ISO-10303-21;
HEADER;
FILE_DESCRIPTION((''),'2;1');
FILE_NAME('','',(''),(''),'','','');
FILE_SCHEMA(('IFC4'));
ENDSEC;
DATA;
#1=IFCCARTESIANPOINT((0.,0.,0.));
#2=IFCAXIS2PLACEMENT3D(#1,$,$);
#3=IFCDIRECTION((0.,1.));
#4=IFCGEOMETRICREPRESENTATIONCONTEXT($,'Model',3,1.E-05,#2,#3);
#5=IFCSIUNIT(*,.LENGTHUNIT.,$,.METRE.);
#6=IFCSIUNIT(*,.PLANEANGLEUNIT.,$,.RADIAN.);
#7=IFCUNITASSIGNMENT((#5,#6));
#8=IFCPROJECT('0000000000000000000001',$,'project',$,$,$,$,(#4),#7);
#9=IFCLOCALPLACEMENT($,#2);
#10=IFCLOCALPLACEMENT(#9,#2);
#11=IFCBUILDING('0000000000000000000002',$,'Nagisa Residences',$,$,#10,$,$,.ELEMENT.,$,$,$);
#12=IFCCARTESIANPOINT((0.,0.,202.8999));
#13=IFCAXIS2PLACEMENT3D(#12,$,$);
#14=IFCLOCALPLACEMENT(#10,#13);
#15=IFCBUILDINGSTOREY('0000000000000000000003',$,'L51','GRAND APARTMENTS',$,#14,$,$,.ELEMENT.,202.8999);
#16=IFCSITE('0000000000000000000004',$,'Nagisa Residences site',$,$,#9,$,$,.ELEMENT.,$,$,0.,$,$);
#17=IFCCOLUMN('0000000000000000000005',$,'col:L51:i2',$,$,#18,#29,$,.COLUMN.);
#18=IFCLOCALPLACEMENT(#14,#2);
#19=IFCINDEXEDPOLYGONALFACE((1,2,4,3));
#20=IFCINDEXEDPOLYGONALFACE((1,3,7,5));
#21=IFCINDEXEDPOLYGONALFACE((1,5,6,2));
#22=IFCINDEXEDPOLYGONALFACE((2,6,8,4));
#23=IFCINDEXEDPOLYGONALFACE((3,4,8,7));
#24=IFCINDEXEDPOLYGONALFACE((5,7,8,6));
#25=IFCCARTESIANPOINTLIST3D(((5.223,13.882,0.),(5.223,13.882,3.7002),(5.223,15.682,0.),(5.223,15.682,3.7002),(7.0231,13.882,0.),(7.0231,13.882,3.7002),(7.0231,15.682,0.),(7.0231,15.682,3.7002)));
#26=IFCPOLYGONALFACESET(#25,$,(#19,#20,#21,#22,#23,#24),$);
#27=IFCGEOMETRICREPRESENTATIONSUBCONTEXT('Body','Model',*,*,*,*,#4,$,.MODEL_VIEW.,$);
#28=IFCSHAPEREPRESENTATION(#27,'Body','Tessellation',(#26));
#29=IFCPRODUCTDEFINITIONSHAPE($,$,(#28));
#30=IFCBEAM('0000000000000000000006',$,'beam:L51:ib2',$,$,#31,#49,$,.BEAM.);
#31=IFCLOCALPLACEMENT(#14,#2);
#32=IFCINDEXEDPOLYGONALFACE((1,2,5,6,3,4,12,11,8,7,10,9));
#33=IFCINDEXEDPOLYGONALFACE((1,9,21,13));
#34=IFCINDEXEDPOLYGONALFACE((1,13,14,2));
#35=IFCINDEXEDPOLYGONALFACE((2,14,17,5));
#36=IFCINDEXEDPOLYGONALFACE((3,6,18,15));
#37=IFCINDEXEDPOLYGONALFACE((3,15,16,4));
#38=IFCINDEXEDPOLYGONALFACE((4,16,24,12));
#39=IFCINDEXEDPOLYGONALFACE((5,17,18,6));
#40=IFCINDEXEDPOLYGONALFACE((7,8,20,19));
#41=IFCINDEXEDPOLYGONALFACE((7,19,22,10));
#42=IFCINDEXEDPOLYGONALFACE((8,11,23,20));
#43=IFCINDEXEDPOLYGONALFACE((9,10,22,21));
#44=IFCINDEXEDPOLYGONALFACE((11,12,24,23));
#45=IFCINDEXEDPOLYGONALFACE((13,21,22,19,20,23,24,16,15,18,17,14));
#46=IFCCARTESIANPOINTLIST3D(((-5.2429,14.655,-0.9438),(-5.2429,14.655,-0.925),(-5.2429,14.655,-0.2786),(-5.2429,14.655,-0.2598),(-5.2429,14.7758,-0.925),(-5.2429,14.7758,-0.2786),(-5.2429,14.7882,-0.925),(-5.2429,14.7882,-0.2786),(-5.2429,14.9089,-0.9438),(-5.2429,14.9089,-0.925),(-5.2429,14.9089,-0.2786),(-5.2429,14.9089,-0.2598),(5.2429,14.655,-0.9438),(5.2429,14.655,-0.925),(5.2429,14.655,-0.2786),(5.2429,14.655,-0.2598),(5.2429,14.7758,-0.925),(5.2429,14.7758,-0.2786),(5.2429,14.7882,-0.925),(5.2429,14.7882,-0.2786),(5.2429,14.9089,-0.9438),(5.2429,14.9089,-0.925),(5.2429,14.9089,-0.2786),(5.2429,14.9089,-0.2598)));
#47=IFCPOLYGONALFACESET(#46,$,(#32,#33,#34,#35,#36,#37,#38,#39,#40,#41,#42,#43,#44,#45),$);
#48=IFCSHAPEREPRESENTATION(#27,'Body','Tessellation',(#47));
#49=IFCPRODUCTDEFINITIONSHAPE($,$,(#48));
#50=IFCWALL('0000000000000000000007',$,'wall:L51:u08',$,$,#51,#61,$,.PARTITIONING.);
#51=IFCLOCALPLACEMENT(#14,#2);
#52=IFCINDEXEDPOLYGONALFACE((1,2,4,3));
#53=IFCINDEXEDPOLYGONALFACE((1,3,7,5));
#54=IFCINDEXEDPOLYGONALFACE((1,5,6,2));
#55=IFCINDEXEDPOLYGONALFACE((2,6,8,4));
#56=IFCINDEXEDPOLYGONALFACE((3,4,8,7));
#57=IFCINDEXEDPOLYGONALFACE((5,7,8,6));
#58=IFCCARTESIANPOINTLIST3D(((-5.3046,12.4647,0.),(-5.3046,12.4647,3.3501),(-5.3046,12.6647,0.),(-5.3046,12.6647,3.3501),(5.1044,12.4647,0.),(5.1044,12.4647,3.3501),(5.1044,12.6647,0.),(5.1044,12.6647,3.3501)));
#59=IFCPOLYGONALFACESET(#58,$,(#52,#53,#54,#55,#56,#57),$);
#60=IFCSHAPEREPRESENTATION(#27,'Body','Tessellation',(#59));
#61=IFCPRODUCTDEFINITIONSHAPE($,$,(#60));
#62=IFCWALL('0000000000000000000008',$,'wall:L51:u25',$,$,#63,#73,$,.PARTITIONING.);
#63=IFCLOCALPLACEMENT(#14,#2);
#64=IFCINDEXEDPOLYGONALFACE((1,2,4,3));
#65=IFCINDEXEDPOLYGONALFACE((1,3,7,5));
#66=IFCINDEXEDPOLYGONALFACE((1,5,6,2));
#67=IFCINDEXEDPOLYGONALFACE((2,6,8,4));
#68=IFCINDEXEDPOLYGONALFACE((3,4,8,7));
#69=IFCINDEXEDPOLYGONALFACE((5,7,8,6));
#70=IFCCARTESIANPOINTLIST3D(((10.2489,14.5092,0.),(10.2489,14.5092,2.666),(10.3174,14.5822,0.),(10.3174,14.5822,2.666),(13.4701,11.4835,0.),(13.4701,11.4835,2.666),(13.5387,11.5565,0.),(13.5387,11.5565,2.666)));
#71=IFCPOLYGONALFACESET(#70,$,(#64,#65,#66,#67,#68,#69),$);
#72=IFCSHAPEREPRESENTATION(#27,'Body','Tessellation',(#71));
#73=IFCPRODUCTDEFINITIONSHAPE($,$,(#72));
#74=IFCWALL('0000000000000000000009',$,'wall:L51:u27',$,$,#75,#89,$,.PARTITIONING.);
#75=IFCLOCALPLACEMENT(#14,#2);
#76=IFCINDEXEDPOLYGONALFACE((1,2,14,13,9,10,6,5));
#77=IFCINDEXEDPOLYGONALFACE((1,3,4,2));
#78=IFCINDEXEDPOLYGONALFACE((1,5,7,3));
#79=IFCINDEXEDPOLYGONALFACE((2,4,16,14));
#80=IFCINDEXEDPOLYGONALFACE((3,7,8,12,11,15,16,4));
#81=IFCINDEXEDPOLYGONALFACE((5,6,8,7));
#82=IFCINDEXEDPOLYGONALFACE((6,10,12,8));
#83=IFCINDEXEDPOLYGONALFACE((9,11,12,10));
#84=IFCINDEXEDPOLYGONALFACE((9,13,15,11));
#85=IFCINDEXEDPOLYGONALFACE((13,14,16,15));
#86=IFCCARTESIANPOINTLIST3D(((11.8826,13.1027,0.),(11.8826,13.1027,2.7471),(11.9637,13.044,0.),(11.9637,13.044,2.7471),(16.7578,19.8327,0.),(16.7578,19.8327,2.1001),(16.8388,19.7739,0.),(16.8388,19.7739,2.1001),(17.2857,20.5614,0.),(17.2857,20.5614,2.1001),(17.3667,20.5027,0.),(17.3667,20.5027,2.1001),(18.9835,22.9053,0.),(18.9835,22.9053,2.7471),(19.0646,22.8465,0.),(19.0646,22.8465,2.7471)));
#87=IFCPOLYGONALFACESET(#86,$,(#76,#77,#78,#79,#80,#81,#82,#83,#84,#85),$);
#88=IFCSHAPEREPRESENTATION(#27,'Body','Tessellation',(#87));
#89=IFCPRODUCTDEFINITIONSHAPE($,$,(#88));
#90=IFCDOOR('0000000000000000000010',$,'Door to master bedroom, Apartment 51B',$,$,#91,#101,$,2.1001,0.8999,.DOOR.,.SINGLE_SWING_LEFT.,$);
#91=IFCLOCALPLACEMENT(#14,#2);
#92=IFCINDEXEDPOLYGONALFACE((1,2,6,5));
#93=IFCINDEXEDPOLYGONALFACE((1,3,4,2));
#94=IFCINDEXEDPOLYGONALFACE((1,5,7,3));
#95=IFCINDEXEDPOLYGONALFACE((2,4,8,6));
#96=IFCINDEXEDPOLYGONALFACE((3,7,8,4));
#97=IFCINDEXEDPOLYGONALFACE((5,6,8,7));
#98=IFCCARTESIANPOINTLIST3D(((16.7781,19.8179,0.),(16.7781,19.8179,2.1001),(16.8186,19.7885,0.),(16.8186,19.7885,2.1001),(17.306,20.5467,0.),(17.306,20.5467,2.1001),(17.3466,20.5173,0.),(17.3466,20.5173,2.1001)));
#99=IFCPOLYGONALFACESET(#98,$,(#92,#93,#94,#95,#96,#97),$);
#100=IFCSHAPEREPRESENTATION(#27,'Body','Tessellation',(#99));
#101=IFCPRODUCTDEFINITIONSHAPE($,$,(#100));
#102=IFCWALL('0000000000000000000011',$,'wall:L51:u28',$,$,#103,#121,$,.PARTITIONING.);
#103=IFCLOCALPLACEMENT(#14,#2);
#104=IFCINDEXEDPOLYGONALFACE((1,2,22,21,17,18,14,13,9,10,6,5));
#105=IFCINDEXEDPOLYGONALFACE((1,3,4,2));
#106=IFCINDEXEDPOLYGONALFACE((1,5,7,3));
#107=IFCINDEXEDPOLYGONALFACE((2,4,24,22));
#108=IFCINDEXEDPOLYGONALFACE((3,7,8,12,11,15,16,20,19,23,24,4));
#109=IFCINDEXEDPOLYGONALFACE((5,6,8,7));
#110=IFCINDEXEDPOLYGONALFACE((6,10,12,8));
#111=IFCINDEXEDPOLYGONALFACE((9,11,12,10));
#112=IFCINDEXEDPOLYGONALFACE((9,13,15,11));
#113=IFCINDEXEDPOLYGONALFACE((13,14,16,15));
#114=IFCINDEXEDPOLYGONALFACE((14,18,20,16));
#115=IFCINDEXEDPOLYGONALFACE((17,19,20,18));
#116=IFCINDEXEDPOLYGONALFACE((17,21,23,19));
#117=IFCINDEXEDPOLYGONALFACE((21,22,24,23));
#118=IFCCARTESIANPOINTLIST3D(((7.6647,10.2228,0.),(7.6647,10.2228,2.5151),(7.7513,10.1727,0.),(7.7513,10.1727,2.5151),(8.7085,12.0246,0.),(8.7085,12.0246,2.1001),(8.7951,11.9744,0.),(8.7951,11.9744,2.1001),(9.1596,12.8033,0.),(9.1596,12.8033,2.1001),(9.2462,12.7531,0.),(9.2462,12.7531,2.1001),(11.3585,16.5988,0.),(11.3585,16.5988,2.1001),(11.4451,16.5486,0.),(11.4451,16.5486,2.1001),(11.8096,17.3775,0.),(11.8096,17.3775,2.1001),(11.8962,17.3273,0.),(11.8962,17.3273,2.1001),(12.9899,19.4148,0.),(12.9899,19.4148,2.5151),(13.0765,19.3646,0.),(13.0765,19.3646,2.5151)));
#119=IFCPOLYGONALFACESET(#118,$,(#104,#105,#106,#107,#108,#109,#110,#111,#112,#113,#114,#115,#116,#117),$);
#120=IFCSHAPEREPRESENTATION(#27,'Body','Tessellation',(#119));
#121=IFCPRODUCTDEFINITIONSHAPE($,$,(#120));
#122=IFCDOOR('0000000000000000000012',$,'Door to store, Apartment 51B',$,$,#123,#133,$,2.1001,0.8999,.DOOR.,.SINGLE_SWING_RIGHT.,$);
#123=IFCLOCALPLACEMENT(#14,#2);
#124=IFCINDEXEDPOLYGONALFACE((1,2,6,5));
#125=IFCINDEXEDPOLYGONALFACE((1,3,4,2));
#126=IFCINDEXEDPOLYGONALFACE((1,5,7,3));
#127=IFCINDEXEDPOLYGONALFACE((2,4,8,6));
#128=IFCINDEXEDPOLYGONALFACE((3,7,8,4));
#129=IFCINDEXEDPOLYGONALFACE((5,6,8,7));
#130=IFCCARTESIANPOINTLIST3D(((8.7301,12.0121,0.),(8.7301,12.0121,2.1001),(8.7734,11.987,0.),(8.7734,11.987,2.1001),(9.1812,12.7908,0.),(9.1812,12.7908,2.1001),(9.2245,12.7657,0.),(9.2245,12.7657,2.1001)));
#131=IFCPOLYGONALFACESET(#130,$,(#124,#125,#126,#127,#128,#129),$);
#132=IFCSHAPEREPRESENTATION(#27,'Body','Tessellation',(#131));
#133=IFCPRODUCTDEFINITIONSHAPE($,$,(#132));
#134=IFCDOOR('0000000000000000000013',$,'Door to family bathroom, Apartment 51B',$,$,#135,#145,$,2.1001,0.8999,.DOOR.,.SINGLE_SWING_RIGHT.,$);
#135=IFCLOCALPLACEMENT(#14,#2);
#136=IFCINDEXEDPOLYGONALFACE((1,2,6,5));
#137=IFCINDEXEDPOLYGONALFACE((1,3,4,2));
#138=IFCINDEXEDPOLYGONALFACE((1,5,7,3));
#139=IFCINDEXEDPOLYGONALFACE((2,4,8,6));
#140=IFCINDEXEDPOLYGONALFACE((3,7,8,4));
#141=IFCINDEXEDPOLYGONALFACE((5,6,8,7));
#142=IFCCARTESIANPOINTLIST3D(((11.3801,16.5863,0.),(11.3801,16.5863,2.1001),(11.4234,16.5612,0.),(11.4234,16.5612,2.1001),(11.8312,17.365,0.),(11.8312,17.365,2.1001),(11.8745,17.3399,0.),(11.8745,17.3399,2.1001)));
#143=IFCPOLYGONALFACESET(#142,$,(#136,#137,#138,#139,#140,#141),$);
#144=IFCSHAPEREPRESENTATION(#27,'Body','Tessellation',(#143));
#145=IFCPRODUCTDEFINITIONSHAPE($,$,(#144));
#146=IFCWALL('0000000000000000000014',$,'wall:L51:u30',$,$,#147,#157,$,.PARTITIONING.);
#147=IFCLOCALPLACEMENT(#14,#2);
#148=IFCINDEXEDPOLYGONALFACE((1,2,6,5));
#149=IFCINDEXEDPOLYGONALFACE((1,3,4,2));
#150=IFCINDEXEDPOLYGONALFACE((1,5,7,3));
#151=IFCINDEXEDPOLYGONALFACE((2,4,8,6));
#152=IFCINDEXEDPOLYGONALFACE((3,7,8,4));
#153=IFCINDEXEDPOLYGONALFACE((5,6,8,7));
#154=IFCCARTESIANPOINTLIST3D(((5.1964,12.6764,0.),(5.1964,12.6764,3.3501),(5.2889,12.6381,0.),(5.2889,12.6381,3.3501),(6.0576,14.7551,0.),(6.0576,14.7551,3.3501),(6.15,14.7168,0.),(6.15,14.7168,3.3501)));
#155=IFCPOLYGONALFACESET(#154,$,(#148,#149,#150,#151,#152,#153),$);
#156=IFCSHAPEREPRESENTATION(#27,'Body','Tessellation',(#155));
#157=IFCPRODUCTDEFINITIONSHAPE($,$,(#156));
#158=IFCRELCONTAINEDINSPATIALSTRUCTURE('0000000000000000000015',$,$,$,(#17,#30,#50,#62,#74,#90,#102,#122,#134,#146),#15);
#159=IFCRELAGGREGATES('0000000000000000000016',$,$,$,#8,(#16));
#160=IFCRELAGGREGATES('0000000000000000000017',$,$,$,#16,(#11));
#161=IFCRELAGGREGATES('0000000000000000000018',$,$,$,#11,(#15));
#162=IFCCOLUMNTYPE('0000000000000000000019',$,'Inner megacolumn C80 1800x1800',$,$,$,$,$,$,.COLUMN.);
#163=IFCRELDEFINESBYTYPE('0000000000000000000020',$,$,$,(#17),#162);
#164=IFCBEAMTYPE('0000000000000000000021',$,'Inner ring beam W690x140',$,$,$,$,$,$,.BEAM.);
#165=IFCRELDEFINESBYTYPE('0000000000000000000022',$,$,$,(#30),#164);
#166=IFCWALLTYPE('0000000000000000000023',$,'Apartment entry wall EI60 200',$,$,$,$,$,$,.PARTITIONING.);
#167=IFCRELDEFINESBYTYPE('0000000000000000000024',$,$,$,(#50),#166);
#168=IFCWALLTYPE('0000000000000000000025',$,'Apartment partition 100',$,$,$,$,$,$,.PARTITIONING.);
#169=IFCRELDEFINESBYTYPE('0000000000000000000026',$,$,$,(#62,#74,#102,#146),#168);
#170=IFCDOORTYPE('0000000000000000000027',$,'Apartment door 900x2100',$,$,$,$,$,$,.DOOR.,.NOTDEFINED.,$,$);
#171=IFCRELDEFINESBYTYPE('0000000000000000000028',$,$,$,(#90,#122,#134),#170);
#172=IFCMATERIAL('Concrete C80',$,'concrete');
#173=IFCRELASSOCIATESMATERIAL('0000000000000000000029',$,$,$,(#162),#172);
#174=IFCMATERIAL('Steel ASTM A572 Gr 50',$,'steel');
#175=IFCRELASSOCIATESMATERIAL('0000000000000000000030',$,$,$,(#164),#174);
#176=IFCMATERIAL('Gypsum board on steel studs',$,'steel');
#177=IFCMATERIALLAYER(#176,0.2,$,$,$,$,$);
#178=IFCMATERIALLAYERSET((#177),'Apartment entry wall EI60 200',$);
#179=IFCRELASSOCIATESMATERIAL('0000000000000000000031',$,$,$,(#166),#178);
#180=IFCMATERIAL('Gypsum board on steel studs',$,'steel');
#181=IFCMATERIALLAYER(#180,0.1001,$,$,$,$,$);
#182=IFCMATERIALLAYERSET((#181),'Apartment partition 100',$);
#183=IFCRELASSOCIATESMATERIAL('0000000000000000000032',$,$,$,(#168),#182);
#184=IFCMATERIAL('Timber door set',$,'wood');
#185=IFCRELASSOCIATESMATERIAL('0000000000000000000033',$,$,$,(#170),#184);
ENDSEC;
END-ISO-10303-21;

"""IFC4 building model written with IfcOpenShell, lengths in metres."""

from ifc_helpers import new_model, si_unit, direction, frame, frame_2d, origin, origin_2d, place, context, subcontext, project, spatial, rectangle, i_section, extrude, material, layer, layer_set, material_profile, profile_set, type_object, element, fill, save


model = new_model("IFC4")

# Units and contexts
model_context = context("Model", 3, precision=1e-05, world=origin(), true_north=direction((0.0, 1.0)))
body_context = subcontext(model_context, "Body", "Model", "MODEL_VIEW")
ifc_project = project(units=[si_unit("LENGTHUNIT", "METRE"), si_unit("PLANEANGLEUNIT", "RADIAN")], contexts=[model_context])

# Site, building, storey
site_placement = place(None, origin())
site = spatial("IfcSite", under=ifc_project, at=site_placement, Name="Nagisa Residences site", CompositionType="ELEMENT", RefElevation=0.0)
building_placement = place(site_placement, origin())
building = spatial("IfcBuilding", under=site, at=building_placement, Name="Nagisa Residences", CompositionType="ELEMENT")
storey_placement = place(building_placement, frame((0.0, 0.0, 202.8999)))
storey = spatial("IfcBuildingStorey", under=building, at=storey_placement, Name="L51", Description="GRAND APARTMENTS", CompositionType="ELEMENT", Elevation=202.8999)

# Column
ifc_material_1 = material(Name="Concrete C80", Category="concrete")
ifc_material_profile_1 = material_profile(ifc_material_1, rectangle(XDim=1.8, YDim=1.8, at=origin_2d()), Name="C80 1800x1800")
ifc_profile_set_1 = profile_set([ifc_material_profile_1], Name="Concrete C80")
column_type = type_object("IfcColumnType", Name="Inner megacolumn C80 1800x1800", PredefinedType="COLUMN", material=ifc_profile_set_1)
column_placement = place(storey_placement, frame((6.123, 14.782, 0.0), z_axis=(0.0, 0.0, 1.0), x_axis=(1.0, 0.0, 0.0)))
element("IfcColumn", 1, at=column_placement, inside=storey, type_object=column_type, Name="col:L51:i2", PredefinedType="COLUMN", context=body_context, shape_type="SweptSolid", body=[
    extrude(rectangle(XDim=1.8, YDim=1.8, at=origin_2d()), origin(), (0.0, 0.0, 1.0), 3.7002),
])

# Beam
ifc_material_2 = material(Name="Steel ASTM A572 Gr 50", Category="steel")
ifc_material_profile_2 = material_profile(ifc_material_2, i_section(OverallWidth=0.2539, OverallDepth=0.6841, WebThickness=0.0125, FlangeThickness=0.0188, at=origin_2d()), Name="W690x140")
ifc_profile_set_2 = profile_set([ifc_material_profile_2], Name="Steel ASTM A572 Gr 50")
beam_type = type_object("IfcBeamType", Name="Inner ring beam W690x140", PredefinedType="BEAM", material=ifc_profile_set_2)
beam_placement = place(storey_placement, frame((5.2429, 14.782, -0.6018), z_axis=(-1.0, 0.0, 0.0), x_axis=(0.0, -1.0, 0.0)))
element("IfcBeam", 2, at=beam_placement, inside=storey, type_object=beam_type, Name="beam:L51:ib2", PredefinedType="BEAM", context=body_context, shape_type="SweptSolid", body=[
    extrude(i_section(OverallWidth=0.2539, OverallDepth=0.6841, WebThickness=0.0125, FlangeThickness=0.0188, at=origin_2d()), origin(), (0.0, 0.0, 1.0), 10.4858),
])

# Walls
ifc_material_3 = material(Name="Gypsum board on steel studs", Category="steel")
ifc_layer_1 = layer(ifc_material_3, 0.2)
ifc_layer_set_1 = layer_set([ifc_layer_1], Name="Apartment entry wall EI60 200")
wall_type_1 = type_object("IfcWallType", Name="Apartment entry wall EI60 200", PredefinedType="PARTITIONING", material=ifc_layer_set_1)
wall_1_placement = place(storey_placement, frame((5.1045, 12.5647, 0.0), z_axis=(0.0, 0.0, 1.0), x_axis=(-1.0, 0.0, 0.0)))
element("IfcWall", 3, at=wall_1_placement, inside=storey, type_object=wall_type_1, Name="wall:L51:u08", PredefinedType="PARTITIONING", context=body_context, shape_type="SweptSolid", body=[
    extrude(rectangle(XDim=10.4089, YDim=0.2, at=frame_2d((5.2046, 0.0))), origin(), (0.0, 0.0, 1.0), 3.3501),
])
ifc_material_4 = material(Name="Gypsum board on steel studs", Category="steel")
ifc_layer_2 = layer(ifc_material_4, 0.1001)
ifc_layer_set_2 = layer_set([ifc_layer_2], Name="Apartment partition 100")
wall_type_2 = type_object("IfcWallType", Name="Apartment partition 100", PredefinedType="PARTITIONING", material=ifc_layer_set_2)
wall_2_placement = place(storey_placement, frame((13.5044, 11.52, 0.0), z_axis=(0.0, 0.0, 1.0), x_axis=(-0.728886, 0.684635, 0.0)))
element("IfcWall", 4, at=wall_2_placement, inside=storey, type_object=wall_type_2, Name="wall:L51:u25", PredefinedType="PARTITIONING", context=body_context, shape_type="SweptSolid", body=[
    extrude(rectangle(XDim=4.4194, YDim=0.1001, at=frame_2d((2.2097, 0.0))), origin(), (0.0, 0.0, 1.0), 2.666),
])

# Wall, opening, door
wall_3_placement = place(storey_placement, frame((11.9231, 13.0732, 0.0), z_axis=(0.0, 0.0, 1.0), x_axis=(0.586644, 0.809845, 0.0)))
wall_3 = element("IfcWall", 5, at=wall_3_placement, inside=storey, type_object=wall_type_2, Name="wall:L51:u27", PredefinedType="PARTITIONING", context=body_context, shape_type="SweptSolid", body=[
    extrude(rectangle(XDim=12.1042, YDim=0.1001, at=frame_2d((6.0522, 0.0))), origin(), (0.0, 0.0, 1.0), 2.7471),
])
opening_1_placement = place(wall_3_placement, frame((8.3103, 0.0, 0.0)))
opening_1 = element("IfcOpeningElement", 6, at=opening_1_placement, cuts=wall_3, PredefinedType="OPENING", context=body_context, shape_type="SweptSolid", body=[
    extrude(rectangle(XDim=0.8999, YDim=2.1001, at=frame_2d((0.45, 1.05))), frame((0.0, 0.0601, 0.0), z_axis=(0.0, -1.0, 0.0), x_axis=(1.0, 0.0, 0.0)), (0.0, 0.0, 1.0), 0.1201),
])
ifc_material_5 = material(Name="Timber door set", Category="wood")
door_type_1 = type_object("IfcDoorType", Name="Apartment door 900x2100", OperationType="NOTDEFINED", PredefinedType="DOOR", material=ifc_material_5)
door_1_placement = place(opening_1_placement, origin())
door_1 = element("IfcDoor", 7, at=door_1_placement, inside=storey, type_object=door_type_1, Name="Door to master bedroom, Apartment 51B", OperationType="SINGLE_SWING_LEFT", OverallHeight=2.1001, OverallWidth=0.8999, PredefinedType="DOOR", context=body_context, shape_type="SweptSolid", body=[
    extrude(rectangle(XDim=0.8999, YDim=2.1001, at=frame_2d((0.45, 1.05))), frame((0.0, 0.0249, 0.0), z_axis=(0.0, -1.0, 0.0), x_axis=(1.0, 0.0, 0.0)), (0.0, 0.0, 1.0), 0.05),
])
fill(opening_1, door_1)

# Wall, openings, doors
wall_4_placement = place(storey_placement, frame((7.708, 10.1978, 0.0), z_axis=(0.0, 0.0, 1.0), x_axis=(0.501288, 0.86528, 0.0)))
wall_4 = element("IfcWall", 8, at=wall_4_placement, inside=storey, type_object=wall_type_2, Name="wall:L51:u28", PredefinedType="PARTITIONING", context=body_context, shape_type="SweptSolid", body=[
    extrude(rectangle(XDim=10.623, YDim=0.1001, at=frame_2d((5.3115, 0.0))), origin(), (0.0, 0.0, 1.0), 2.5151),
])
opening_2_placement = place(wall_4_placement, frame((2.0823, 0.0, 0.0)))
opening_2 = element("IfcOpeningElement", 9, at=opening_2_placement, cuts=wall_4, PredefinedType="OPENING", context=body_context, shape_type="SweptSolid", body=[
    extrude(rectangle(XDim=0.8999, YDim=2.1001, at=frame_2d((0.45, 1.05))), frame((0.0, 0.0601, 0.0), z_axis=(0.0, -1.0, 0.0), x_axis=(1.0, 0.0, 0.0)), (0.0, 0.0, 1.0), 0.1201),
])
opening_3_placement = place(wall_4_placement, frame((7.3687, 0.0, 0.0)))
opening_3 = element("IfcOpeningElement", 10, at=opening_3_placement, cuts=wall_4, PredefinedType="OPENING", context=body_context, shape_type="SweptSolid", body=[
    extrude(rectangle(XDim=0.8999, YDim=2.1001, at=frame_2d((0.45, 1.05))), frame((0.0, 0.0601, 0.0), z_axis=(0.0, -1.0, 0.0), x_axis=(1.0, 0.0, 0.0)), (0.0, 0.0, 1.0), 0.1201),
])
door_2_placement = place(opening_2_placement, frame((0.8999, 0.0, 0.0), x_axis=(-1.0, 0.0, 0.0)))
door_2 = element("IfcDoor", 11, at=door_2_placement, inside=storey, type_object=door_type_1, Name="Door to store, Apartment 51B", OperationType="SINGLE_SWING_RIGHT", OverallHeight=2.1001, OverallWidth=0.8999, PredefinedType="DOOR", context=body_context, shape_type="SweptSolid", body=[
    extrude(rectangle(XDim=0.8999, YDim=2.1001, at=frame_2d((0.45, 1.05))), frame((0.0, 0.0249, 0.0), z_axis=(0.0, -1.0, 0.0), x_axis=(1.0, 0.0, 0.0)), (0.0, 0.0, 1.0), 0.05),
])
fill(opening_2, door_2)
door_3_placement = place(opening_3_placement, frame((0.8999, 0.0, 0.0), x_axis=(-1.0, 0.0, 0.0)))
door_3 = element("IfcDoor", 12, at=door_3_placement, inside=storey, type_object=door_type_1, Name="Door to family bathroom, Apartment 51B", OperationType="SINGLE_SWING_RIGHT", OverallHeight=2.1001, OverallWidth=0.8999, PredefinedType="DOOR", context=body_context, shape_type="SweptSolid", body=[
    extrude(rectangle(XDim=0.8999, YDim=2.1001, at=frame_2d((0.45, 1.05))), frame((0.0, 0.0249, 0.0), z_axis=(0.0, -1.0, 0.0), x_axis=(1.0, 0.0, 0.0)), (0.0, 0.0, 1.0), 0.05),
])
fill(opening_3, door_3)

# Wall
wall_5_placement = place(storey_placement, frame((5.2427, 12.6572, 0.0), z_axis=(0.0, 0.0, 1.0), x_axis=(0.382719, 0.923865, 0.0)))
element("IfcWall", 13, at=wall_5_placement, inside=storey, type_object=wall_type_2, Name="wall:L51:u30", PredefinedType="PARTITIONING", context=body_context, shape_type="SweptSolid", body=[
    extrude(rectangle(XDim=2.25, YDim=0.1001, at=frame_2d((1.125, 0.0))), origin(), (0.0, 0.0, 1.0), 3.3501),
])

save(model, "model.ifc")
